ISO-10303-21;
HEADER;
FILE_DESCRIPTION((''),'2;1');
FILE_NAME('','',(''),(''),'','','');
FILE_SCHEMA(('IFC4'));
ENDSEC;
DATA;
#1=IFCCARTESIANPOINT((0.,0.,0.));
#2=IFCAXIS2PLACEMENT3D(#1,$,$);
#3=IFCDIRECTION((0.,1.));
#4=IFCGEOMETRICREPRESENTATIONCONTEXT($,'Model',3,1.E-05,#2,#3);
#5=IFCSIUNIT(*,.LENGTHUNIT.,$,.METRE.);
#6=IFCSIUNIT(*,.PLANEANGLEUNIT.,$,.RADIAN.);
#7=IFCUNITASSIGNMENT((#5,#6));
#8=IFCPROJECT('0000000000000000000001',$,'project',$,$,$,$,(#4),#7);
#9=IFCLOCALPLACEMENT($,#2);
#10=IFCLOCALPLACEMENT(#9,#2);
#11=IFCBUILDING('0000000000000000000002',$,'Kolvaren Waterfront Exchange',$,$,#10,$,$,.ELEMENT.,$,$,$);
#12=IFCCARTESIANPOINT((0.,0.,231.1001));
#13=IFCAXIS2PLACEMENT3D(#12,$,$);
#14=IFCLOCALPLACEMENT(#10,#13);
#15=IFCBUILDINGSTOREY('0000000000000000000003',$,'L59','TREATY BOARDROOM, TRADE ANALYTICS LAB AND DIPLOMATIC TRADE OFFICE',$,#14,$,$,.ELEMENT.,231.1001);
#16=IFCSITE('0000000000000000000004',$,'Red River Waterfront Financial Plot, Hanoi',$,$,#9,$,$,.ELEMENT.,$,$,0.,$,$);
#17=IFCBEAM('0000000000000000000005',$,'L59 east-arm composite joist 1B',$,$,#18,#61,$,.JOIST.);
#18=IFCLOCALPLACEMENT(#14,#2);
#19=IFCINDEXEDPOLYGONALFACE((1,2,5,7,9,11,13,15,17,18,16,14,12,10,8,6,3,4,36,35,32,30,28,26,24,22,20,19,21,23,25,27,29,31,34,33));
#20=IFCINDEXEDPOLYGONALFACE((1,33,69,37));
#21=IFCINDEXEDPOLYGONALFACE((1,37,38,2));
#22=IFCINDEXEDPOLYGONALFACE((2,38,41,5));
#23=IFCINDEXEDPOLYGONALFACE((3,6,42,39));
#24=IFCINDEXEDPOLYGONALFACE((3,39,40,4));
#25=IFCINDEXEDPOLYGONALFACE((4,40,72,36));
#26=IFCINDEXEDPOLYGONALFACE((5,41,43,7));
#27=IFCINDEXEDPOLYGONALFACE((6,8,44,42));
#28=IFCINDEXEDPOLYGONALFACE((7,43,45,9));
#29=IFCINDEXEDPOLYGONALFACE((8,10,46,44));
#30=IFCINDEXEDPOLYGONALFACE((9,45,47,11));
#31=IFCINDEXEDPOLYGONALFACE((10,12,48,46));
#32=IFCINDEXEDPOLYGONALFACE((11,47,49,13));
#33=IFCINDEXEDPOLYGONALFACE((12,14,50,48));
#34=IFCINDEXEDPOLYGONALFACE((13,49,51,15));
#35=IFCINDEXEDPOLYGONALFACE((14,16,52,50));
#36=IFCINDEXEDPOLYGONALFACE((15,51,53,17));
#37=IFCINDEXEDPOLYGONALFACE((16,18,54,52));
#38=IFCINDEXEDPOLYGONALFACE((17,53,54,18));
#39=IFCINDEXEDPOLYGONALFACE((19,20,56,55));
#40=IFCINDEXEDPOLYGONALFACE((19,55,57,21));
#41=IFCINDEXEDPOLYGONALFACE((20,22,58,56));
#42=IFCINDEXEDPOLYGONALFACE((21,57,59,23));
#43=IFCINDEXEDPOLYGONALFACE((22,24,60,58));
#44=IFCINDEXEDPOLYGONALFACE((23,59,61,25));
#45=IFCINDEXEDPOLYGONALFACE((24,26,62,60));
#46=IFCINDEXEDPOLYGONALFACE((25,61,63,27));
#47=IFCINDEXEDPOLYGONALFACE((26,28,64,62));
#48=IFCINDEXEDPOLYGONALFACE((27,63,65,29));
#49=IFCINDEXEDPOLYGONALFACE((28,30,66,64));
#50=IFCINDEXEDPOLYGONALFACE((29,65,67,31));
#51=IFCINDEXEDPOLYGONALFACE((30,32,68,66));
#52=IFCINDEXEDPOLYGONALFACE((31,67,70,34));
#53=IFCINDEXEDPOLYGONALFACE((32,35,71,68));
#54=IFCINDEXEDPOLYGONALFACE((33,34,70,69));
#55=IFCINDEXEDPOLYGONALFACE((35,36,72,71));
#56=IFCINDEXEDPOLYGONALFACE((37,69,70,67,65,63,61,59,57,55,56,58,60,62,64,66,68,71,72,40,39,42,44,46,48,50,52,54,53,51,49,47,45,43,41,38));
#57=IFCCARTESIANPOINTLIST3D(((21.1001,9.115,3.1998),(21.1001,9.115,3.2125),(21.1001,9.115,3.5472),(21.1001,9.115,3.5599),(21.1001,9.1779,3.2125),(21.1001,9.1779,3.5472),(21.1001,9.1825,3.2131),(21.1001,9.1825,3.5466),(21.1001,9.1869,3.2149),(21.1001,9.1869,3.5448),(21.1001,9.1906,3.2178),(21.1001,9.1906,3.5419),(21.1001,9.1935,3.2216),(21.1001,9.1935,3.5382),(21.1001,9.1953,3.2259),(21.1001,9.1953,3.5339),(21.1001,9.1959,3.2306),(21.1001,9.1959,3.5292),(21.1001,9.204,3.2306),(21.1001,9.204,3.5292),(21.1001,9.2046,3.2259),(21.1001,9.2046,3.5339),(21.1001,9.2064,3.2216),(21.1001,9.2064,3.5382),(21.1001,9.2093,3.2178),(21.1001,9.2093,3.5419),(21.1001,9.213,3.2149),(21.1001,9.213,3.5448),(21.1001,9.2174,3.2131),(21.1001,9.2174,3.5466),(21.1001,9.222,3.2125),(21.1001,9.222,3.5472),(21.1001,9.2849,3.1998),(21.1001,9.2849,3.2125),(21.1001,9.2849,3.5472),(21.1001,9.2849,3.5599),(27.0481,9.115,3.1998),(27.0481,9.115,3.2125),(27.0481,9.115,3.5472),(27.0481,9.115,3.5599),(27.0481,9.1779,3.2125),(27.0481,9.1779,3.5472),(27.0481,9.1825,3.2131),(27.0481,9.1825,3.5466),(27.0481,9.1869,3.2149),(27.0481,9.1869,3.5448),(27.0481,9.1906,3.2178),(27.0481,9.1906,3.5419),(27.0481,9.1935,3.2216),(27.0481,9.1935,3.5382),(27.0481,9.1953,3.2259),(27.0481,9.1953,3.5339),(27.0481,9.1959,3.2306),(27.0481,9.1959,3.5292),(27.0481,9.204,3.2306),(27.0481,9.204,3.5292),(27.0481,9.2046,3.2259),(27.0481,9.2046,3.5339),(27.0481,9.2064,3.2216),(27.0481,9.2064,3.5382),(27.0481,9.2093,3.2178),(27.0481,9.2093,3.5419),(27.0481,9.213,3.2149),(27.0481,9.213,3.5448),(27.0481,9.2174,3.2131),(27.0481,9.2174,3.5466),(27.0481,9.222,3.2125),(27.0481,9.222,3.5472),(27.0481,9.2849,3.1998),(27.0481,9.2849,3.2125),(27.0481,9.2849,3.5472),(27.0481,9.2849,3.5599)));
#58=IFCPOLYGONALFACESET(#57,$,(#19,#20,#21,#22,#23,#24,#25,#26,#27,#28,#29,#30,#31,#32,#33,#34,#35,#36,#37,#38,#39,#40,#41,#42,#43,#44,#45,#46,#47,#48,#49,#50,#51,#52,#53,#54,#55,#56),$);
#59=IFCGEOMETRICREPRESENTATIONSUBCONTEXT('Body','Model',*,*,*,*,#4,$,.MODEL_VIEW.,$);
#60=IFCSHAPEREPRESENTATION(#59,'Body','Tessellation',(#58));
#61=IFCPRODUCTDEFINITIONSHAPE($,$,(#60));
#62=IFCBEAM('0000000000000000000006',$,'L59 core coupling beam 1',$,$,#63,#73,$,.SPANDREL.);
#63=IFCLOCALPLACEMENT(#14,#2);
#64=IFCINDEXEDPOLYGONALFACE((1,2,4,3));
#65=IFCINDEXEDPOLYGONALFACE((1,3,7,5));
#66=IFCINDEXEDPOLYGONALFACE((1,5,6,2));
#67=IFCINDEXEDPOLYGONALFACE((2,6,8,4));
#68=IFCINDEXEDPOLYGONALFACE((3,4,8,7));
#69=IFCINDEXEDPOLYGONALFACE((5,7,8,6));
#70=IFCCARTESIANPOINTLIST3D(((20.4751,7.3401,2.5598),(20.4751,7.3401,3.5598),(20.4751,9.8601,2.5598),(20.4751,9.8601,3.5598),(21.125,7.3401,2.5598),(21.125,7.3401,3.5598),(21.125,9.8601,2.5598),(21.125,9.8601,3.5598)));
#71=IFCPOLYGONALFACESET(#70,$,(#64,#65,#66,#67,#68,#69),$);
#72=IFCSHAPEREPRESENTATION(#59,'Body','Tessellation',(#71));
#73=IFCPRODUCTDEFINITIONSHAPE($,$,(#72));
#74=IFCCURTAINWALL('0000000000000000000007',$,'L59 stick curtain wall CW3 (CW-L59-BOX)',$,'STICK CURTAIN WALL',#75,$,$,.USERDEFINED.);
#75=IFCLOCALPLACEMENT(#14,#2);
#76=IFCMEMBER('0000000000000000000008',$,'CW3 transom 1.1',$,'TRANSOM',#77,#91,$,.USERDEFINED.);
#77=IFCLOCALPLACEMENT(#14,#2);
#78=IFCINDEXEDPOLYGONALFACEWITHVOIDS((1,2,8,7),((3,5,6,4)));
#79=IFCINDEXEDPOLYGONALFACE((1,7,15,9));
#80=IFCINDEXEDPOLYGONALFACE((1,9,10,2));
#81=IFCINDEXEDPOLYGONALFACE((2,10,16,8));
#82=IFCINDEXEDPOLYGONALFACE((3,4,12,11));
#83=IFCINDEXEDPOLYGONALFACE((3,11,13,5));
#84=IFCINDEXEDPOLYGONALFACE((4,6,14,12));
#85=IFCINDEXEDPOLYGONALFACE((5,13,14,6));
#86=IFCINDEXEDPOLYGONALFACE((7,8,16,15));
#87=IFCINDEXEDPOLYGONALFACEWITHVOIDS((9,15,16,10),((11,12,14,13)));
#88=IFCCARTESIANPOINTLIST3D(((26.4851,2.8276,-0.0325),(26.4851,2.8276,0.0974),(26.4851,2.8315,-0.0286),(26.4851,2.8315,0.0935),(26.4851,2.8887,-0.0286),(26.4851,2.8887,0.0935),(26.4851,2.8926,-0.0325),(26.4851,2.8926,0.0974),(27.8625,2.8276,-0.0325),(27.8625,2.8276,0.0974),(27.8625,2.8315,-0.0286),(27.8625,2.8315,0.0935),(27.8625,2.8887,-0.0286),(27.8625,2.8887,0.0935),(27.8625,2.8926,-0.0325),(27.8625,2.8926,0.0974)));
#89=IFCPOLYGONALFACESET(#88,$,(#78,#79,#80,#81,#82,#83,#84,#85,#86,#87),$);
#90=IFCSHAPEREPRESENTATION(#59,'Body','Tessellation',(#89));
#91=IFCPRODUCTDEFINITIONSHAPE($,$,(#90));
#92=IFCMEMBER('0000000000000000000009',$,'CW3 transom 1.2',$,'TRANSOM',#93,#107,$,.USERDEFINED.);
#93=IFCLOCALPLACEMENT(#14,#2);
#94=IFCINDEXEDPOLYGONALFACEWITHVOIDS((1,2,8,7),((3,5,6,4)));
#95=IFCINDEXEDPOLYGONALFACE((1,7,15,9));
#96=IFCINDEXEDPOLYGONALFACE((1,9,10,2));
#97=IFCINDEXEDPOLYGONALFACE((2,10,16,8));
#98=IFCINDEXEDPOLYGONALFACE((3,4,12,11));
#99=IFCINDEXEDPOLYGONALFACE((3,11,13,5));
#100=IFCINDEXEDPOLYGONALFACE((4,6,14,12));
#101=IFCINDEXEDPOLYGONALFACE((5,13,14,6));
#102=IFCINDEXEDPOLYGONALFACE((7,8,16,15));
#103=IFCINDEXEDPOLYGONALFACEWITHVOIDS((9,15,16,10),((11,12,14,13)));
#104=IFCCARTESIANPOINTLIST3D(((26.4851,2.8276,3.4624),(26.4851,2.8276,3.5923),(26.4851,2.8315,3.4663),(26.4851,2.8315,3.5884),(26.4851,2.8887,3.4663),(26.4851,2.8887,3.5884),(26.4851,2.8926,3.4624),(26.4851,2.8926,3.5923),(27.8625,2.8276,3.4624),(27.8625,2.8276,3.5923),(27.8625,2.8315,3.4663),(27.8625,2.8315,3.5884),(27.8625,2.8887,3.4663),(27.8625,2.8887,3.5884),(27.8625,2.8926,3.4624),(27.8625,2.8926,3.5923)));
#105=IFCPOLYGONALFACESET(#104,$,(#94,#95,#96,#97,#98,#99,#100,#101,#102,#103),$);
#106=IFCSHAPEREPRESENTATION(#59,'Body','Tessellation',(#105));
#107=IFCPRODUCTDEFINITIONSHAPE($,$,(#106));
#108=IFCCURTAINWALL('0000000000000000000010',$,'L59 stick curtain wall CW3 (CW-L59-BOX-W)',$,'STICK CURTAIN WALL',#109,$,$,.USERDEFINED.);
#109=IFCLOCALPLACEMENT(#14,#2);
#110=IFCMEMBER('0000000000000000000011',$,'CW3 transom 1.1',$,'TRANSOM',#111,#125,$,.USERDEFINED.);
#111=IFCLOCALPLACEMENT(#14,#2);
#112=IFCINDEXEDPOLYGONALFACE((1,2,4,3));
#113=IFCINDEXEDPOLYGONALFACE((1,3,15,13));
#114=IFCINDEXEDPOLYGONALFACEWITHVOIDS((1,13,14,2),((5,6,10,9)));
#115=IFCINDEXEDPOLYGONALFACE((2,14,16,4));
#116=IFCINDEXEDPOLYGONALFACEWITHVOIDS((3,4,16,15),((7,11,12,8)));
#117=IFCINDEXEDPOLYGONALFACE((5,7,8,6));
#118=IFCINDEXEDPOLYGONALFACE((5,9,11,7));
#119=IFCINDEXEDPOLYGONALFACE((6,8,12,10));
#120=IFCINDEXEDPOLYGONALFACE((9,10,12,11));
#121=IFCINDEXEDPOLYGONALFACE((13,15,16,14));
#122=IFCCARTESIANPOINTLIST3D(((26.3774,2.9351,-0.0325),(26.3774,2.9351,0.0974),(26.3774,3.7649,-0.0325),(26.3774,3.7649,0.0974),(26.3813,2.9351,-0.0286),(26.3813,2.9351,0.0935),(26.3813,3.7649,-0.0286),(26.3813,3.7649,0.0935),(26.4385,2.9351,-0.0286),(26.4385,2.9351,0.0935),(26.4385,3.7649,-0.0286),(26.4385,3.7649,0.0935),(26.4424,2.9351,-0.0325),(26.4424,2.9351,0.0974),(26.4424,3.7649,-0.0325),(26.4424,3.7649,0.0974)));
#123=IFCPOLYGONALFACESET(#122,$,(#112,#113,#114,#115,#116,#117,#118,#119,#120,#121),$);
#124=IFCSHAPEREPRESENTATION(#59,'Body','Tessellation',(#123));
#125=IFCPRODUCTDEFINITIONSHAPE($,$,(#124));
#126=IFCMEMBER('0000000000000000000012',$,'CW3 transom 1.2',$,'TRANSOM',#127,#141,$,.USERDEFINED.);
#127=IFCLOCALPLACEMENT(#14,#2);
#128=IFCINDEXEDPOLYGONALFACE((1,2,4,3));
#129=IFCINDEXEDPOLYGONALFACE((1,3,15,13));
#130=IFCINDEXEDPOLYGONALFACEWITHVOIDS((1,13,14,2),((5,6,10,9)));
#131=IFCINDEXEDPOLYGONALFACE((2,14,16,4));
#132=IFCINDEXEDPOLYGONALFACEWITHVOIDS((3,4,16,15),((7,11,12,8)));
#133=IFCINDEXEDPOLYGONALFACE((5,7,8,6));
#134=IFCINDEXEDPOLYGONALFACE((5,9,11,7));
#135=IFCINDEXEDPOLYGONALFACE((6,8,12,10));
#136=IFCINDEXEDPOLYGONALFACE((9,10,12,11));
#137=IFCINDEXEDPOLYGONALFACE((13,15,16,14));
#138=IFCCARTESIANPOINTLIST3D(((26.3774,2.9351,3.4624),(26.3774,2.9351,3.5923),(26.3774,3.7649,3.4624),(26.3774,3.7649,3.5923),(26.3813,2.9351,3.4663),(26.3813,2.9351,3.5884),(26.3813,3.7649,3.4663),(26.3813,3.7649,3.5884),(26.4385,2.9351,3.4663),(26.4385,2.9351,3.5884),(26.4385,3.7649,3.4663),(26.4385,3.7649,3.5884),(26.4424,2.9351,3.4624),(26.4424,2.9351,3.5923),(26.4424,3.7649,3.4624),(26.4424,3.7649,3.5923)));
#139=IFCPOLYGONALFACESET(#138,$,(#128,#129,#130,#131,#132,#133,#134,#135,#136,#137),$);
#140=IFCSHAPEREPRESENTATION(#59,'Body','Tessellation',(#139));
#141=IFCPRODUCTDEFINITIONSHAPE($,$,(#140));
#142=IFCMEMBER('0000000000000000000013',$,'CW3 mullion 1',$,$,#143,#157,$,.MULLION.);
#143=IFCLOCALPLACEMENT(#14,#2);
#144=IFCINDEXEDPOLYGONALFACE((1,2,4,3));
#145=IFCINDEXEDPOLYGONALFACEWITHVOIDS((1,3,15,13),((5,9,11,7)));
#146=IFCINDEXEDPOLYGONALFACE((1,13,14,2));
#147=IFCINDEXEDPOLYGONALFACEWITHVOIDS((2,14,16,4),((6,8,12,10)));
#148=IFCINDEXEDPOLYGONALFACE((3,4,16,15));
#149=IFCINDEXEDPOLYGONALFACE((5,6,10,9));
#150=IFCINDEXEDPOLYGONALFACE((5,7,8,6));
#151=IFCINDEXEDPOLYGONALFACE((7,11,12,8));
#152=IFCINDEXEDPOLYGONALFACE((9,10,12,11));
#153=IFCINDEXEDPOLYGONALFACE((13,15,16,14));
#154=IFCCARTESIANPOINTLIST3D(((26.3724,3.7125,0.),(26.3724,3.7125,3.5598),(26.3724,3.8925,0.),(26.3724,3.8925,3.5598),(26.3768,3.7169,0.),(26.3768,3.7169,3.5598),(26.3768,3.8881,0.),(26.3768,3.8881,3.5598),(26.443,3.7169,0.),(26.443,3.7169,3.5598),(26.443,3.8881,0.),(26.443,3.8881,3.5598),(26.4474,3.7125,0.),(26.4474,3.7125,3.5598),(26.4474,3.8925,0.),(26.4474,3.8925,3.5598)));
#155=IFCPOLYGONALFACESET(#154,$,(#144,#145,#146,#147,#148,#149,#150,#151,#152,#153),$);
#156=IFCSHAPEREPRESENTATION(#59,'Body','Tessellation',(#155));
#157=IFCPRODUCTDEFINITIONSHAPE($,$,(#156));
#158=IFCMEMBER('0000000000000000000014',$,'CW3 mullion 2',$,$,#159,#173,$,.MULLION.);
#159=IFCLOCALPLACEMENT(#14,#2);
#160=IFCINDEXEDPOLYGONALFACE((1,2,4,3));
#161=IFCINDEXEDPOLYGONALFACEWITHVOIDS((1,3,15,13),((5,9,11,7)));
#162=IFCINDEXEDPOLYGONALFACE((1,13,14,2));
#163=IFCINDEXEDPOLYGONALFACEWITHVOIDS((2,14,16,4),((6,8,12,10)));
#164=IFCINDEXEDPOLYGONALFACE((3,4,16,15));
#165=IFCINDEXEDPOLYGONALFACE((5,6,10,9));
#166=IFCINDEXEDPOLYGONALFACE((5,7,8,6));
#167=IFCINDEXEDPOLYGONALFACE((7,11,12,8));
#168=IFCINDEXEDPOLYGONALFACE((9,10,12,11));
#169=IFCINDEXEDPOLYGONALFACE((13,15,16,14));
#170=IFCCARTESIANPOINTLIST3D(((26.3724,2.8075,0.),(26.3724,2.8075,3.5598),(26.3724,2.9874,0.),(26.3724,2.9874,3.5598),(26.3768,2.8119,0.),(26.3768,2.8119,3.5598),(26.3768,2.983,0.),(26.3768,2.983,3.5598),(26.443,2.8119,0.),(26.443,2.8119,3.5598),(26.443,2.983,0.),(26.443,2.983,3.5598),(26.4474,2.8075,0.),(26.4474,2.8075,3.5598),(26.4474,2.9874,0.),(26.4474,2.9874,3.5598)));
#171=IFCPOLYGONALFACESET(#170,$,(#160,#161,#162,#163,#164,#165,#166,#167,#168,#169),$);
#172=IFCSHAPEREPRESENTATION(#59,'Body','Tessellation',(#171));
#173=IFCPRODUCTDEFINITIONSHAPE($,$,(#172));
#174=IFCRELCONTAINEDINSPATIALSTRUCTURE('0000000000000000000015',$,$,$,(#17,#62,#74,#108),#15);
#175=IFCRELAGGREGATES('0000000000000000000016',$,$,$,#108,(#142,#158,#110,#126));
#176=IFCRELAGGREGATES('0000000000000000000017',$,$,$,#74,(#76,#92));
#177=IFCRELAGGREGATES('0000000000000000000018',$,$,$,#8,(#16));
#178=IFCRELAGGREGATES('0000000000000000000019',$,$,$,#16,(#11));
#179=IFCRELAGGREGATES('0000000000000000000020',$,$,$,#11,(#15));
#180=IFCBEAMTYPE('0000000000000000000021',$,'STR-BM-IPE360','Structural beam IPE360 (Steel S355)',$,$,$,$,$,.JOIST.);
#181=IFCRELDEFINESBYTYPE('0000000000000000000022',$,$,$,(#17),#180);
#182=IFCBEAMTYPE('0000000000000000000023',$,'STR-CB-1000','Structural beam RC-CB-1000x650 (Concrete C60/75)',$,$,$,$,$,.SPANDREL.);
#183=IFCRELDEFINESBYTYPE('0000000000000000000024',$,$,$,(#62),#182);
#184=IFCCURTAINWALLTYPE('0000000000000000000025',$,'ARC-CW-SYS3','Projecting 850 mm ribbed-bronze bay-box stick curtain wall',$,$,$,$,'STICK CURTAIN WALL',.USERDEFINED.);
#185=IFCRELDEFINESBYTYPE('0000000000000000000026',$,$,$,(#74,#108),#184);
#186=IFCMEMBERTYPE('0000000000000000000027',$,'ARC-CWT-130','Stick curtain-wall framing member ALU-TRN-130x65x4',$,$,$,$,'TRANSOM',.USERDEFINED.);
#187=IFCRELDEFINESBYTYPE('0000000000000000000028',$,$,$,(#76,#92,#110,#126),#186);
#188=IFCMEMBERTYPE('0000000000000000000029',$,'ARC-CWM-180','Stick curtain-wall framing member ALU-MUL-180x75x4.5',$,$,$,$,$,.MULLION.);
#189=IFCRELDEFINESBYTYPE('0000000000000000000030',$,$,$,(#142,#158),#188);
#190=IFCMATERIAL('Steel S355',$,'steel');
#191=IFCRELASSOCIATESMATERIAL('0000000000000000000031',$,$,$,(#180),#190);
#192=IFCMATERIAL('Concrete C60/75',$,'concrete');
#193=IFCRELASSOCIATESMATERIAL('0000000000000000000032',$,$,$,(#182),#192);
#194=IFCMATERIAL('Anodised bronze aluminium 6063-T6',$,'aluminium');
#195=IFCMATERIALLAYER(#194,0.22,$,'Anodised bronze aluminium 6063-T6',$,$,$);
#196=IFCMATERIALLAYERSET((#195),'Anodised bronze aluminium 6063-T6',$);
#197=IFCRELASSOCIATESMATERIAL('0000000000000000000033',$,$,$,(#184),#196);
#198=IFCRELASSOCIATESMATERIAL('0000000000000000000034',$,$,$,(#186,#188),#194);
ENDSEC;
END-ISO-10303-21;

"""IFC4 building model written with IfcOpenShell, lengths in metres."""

from ifc_helpers import new_model, si_unit, direction, frame, origin, origin_with_axes, origin_2d, place, context, subcontext, project, spatial, rectangle, hollow_rectangle, i_section, extrude, source, transform, mapped, material, layer, layer_set, material_profile, profile_set, type_object, element, aggregate, save


model = new_model("IFC4")

# Units and contexts
model_context = context("Model", 3, precision=1e-05, world=origin(), true_north=direction((0.0, 1.0)))
body_context = subcontext(model_context, "Body", "Model", "MODEL_VIEW")
ifc_project = project(units=[si_unit("LENGTHUNIT", "METRE"), si_unit("PLANEANGLEUNIT", "RADIAN")], contexts=[model_context])

# Site, building, storey
site_placement = place(None, origin())
site = spatial("IfcSite", under=ifc_project, at=site_placement, Name="Red River Waterfront Financial Plot, Hanoi", CompositionType="ELEMENT", RefElevation=0.0)
building_placement = place(site_placement, origin())
building = spatial("IfcBuilding", under=site, at=building_placement, Name="Kolvaren Waterfront Exchange", CompositionType="ELEMENT")
storey_placement = place(building_placement, frame((0.0, 0.0, 231.1001)))
storey = spatial("IfcBuildingStorey", under=building, at=storey_placement, Name="L59", Description="TREATY BOARDROOM, TRADE ANALYTICS LAB AND DIPLOMATIC TRADE OFFICE", CompositionType="ELEMENT", Elevation=231.1001)

# Beams
ifc_material_1 = material(Name="Steel S355", Category="steel")
ifc_material_profile_1 = material_profile(ifc_material_1, i_section(OverallWidth=0.1699, OverallDepth=0.3601, WebThickness=0.0081, FlangeThickness=0.0127, FilletRadius=0.0181, at=origin_2d()), Name="IPE360")
ifc_profile_set_1 = profile_set([ifc_material_profile_1], Name="Steel S355")
beam_type_1 = type_object("IfcBeamType", Name="STR-BM-IPE360", Description="Structural beam IPE360 (Steel S355)", PredefinedType="JOIST", material=ifc_profile_set_1)
beam_1_placement = place(storey_placement, frame((21.1001, 9.2, 3.3799), z_axis=(1.0, 0.0, 0.0), x_axis=(0.0, 1.0, 0.0)))
element("IfcBeam", 1, at=beam_1_placement, inside=storey, type_object=beam_type_1, Name="L59 east-arm composite joist 1B", PredefinedType="JOIST", context=body_context, shape_type="SweptSolid", body=[
    extrude(i_section(OverallWidth=0.1699, OverallDepth=0.3601, WebThickness=0.0081, FlangeThickness=0.0127, FilletRadius=0.0181, at=origin_2d()), origin(), (0.0, 0.0, 1.0), 5.948),
])
ifc_material_2 = material(Name="Concrete C60/75", Category="concrete")
ifc_material_profile_2 = material_profile(ifc_material_2, rectangle(XDim=0.6499, YDim=1.0, at=origin_2d()), Name="RC-CB-1000x650")
ifc_profile_set_2 = profile_set([ifc_material_profile_2], Name="Concrete C60/75")
beam_type_2 = type_object("IfcBeamType", Name="STR-CB-1000", Description="Structural beam RC-CB-1000x650 (Concrete C60/75)", PredefinedType="SPANDREL", material=ifc_profile_set_2)
beam_2_placement = place(storey_placement, frame((20.8, 7.3401, 3.0598), z_axis=(0.0, 1.0, 0.0), x_axis=(-1.0, 0.0, 0.0)))
element("IfcBeam", 2, at=beam_2_placement, inside=storey, type_object=beam_type_2, Name="L59 core coupling beam 1", PredefinedType="SPANDREL", context=body_context, shape_type="SweptSolid", body=[
    extrude(rectangle(XDim=0.6499, YDim=1.0, at=origin_2d()), origin(), (0.0, 0.0, 1.0), 2.52),
])

# Curtain walls, members
ifc_material_3 = material(Name="Anodised bronze aluminium 6063-T6", Category="aluminium")
ifc_layer_1 = layer(ifc_material_3, 0.22, Name="Anodised bronze aluminium 6063-T6")
ifc_layer_set_1 = layer_set([ifc_layer_1], Name="Anodised bronze aluminium 6063-T6")
curtain_wall_type_1 = type_object("IfcCurtainWallType", Name="ARC-CW-SYS3", Description="Projecting 850 mm ribbed-bronze bay-box stick curtain wall", ElementType="STICK CURTAIN WALL", PredefinedType="USERDEFINED", material=ifc_layer_set_1)
curtain_wall_1_placement = place(storey_placement, origin())
curtain_wall_1 = element("IfcCurtainWall", 3, at=curtain_wall_1_placement, inside=storey, type_object=curtain_wall_type_1, Name="L59 stick curtain wall CW3 (CW-L59-BOX)", ObjectType="STICK CURTAIN WALL", PredefinedType="USERDEFINED")
ifc_material_profile_3 = material_profile(ifc_material_3, hollow_rectangle(XDim=0.0649, YDim=0.1299, WallThickness=0.0039, at=origin_2d()), Name="ALU-TRN-130x65x4")
ifc_profile_set_3 = profile_set([ifc_material_profile_3], Name="Anodised bronze aluminium 6063-T6")
member_type_1 = type_object("IfcMemberType", Name="ARC-CWT-130", Description="Stick curtain-wall framing member ALU-TRN-130x65x4", ElementType="TRANSOM", PredefinedType="USERDEFINED", material=ifc_profile_set_3)
shared_shape_1 = source(origin_with_axes(), body_context, "Body", "SweptSolid", [
    extrude(hollow_rectangle(XDim=0.0649, YDim=0.1299, WallThickness=0.0039, at=origin_2d()), origin(), (0.0, 0.0, 1.0), 1.3774),
])
member_1_placement = place(storey_placement, frame((26.4851, 2.8601, 0.0325), z_axis=(1.0, 0.0, 0.0), x_axis=(0.0, 1.0, 0.0)))
member_1 = element("IfcMember", 4, at=member_1_placement, type_object=member_type_1, Name="CW3 transom 1.1", ObjectType="TRANSOM", PredefinedType="USERDEFINED", context=body_context, shape_type="MappedRepresentation", body=[
    mapped(shared_shape_1, transform((0.0, 0.0, 0.0), x_axis=(1.0, 0.0, 0.0), y_axis=(0.0, 1.0, 0.0), z_axis=(0.0, 0.0, 1.0), scale=1.0)),
])
member_2_placement = place(storey_placement, frame((26.4851, 2.8601, 3.5273), z_axis=(1.0, 0.0, 0.0), x_axis=(0.0, 1.0, 0.0)))
member_2 = element("IfcMember", 5, at=member_2_placement, type_object=member_type_1, Name="CW3 transom 1.2", ObjectType="TRANSOM", PredefinedType="USERDEFINED", context=body_context, shape_type="MappedRepresentation", body=[
    mapped(shared_shape_1, transform((0.0, 0.0, 0.0), x_axis=(1.0, 0.0, 0.0), y_axis=(0.0, 1.0, 0.0), z_axis=(0.0, 0.0, 1.0), scale=1.0)),
])
curtain_wall_2_placement = place(storey_placement, origin())
curtain_wall_2 = element("IfcCurtainWall", 6, at=curtain_wall_2_placement, inside=storey, type_object=curtain_wall_type_1, Name="L59 stick curtain wall CW3 (CW-L59-BOX-W)", ObjectType="STICK CURTAIN WALL", PredefinedType="USERDEFINED")
shared_shape_2 = source(origin_with_axes(), body_context, "Body", "SweptSolid", [
    extrude(hollow_rectangle(XDim=0.0649, YDim=0.1299, WallThickness=0.0039, at=origin_2d()), origin(), (0.0, 0.0, 1.0), 0.8298),
])
member_3_placement = place(storey_placement, frame((26.4099, 3.7649, 0.0325), z_axis=(0.0, -1.0, 0.0), x_axis=(1.0, 0.0, 0.0)))
member_3 = element("IfcMember", 7, at=member_3_placement, type_object=member_type_1, Name="CW3 transom 1.1", ObjectType="TRANSOM", PredefinedType="USERDEFINED", context=body_context, shape_type="MappedRepresentation", body=[
    mapped(shared_shape_2, transform((0.0, 0.0, 0.0), x_axis=(1.0, 0.0, 0.0), y_axis=(0.0, 1.0, 0.0), z_axis=(0.0, 0.0, 1.0), scale=1.0)),
])
member_4_placement = place(storey_placement, frame((26.4099, 3.7649, 3.5273), z_axis=(0.0, -1.0, 0.0), x_axis=(1.0, 0.0, 0.0)))
member_4 = element("IfcMember", 8, at=member_4_placement, type_object=member_type_1, Name="CW3 transom 1.2", ObjectType="TRANSOM", PredefinedType="USERDEFINED", context=body_context, shape_type="MappedRepresentation", body=[
    mapped(shared_shape_2, transform((0.0, 0.0, 0.0), x_axis=(1.0, 0.0, 0.0), y_axis=(0.0, 1.0, 0.0), z_axis=(0.0, 0.0, 1.0), scale=1.0)),
])
ifc_material_profile_4 = material_profile(ifc_material_3, hollow_rectangle(XDim=0.075, YDim=0.1799, WallThickness=0.0044, at=origin_2d()), Name="ALU-MUL-180x75x4.5")
ifc_profile_set_4 = profile_set([ifc_material_profile_4], Name="Anodised bronze aluminium 6063-T6")
member_type_2 = type_object("IfcMemberType", Name="ARC-CWM-180", Description="Stick curtain-wall framing member ALU-MUL-180x75x4.5", PredefinedType="MULLION", material=ifc_profile_set_4)
shared_shape_3 = source(origin_with_axes(), body_context, "Body", "SweptSolid", [
    extrude(hollow_rectangle(XDim=0.075, YDim=0.1799, WallThickness=0.0044, at=origin_2d()), origin(), (0.0, 0.0, 1.0), 3.5598),
])
member_5_placement = place(storey_placement, frame((26.4099, 3.8025, 0.0), z_axis=(0.0, 0.0, 1.0), x_axis=(1.0, 0.0, 0.0)))
member_5 = element("IfcMember", 9, at=member_5_placement, type_object=member_type_2, Name="CW3 mullion 1", PredefinedType="MULLION", context=body_context, shape_type="MappedRepresentation", body=[
    mapped(shared_shape_3, transform((0.0, 0.0, 0.0), x_axis=(1.0, 0.0, 0.0), y_axis=(0.0, 1.0, 0.0), z_axis=(0.0, 0.0, 1.0), scale=1.0)),
])
member_6_placement = place(storey_placement, frame((26.4099, 2.8975, 0.0), z_axis=(0.0, 0.0, 1.0), x_axis=(1.0, 0.0, 0.0)))
member_6 = element("IfcMember", 10, at=member_6_placement, type_object=member_type_2, Name="CW3 mullion 2", PredefinedType="MULLION", context=body_context, shape_type="MappedRepresentation", body=[
    mapped(shared_shape_3, transform((0.0, 0.0, 0.0), x_axis=(1.0, 0.0, 0.0), y_axis=(0.0, 1.0, 0.0), z_axis=(0.0, 0.0, 1.0), scale=1.0)),
])

aggregate(curtain_wall_2, [member_5, member_6, member_3, member_4])
aggregate(curtain_wall_1, [member_1, member_2])

save(model, "model.ifc")
